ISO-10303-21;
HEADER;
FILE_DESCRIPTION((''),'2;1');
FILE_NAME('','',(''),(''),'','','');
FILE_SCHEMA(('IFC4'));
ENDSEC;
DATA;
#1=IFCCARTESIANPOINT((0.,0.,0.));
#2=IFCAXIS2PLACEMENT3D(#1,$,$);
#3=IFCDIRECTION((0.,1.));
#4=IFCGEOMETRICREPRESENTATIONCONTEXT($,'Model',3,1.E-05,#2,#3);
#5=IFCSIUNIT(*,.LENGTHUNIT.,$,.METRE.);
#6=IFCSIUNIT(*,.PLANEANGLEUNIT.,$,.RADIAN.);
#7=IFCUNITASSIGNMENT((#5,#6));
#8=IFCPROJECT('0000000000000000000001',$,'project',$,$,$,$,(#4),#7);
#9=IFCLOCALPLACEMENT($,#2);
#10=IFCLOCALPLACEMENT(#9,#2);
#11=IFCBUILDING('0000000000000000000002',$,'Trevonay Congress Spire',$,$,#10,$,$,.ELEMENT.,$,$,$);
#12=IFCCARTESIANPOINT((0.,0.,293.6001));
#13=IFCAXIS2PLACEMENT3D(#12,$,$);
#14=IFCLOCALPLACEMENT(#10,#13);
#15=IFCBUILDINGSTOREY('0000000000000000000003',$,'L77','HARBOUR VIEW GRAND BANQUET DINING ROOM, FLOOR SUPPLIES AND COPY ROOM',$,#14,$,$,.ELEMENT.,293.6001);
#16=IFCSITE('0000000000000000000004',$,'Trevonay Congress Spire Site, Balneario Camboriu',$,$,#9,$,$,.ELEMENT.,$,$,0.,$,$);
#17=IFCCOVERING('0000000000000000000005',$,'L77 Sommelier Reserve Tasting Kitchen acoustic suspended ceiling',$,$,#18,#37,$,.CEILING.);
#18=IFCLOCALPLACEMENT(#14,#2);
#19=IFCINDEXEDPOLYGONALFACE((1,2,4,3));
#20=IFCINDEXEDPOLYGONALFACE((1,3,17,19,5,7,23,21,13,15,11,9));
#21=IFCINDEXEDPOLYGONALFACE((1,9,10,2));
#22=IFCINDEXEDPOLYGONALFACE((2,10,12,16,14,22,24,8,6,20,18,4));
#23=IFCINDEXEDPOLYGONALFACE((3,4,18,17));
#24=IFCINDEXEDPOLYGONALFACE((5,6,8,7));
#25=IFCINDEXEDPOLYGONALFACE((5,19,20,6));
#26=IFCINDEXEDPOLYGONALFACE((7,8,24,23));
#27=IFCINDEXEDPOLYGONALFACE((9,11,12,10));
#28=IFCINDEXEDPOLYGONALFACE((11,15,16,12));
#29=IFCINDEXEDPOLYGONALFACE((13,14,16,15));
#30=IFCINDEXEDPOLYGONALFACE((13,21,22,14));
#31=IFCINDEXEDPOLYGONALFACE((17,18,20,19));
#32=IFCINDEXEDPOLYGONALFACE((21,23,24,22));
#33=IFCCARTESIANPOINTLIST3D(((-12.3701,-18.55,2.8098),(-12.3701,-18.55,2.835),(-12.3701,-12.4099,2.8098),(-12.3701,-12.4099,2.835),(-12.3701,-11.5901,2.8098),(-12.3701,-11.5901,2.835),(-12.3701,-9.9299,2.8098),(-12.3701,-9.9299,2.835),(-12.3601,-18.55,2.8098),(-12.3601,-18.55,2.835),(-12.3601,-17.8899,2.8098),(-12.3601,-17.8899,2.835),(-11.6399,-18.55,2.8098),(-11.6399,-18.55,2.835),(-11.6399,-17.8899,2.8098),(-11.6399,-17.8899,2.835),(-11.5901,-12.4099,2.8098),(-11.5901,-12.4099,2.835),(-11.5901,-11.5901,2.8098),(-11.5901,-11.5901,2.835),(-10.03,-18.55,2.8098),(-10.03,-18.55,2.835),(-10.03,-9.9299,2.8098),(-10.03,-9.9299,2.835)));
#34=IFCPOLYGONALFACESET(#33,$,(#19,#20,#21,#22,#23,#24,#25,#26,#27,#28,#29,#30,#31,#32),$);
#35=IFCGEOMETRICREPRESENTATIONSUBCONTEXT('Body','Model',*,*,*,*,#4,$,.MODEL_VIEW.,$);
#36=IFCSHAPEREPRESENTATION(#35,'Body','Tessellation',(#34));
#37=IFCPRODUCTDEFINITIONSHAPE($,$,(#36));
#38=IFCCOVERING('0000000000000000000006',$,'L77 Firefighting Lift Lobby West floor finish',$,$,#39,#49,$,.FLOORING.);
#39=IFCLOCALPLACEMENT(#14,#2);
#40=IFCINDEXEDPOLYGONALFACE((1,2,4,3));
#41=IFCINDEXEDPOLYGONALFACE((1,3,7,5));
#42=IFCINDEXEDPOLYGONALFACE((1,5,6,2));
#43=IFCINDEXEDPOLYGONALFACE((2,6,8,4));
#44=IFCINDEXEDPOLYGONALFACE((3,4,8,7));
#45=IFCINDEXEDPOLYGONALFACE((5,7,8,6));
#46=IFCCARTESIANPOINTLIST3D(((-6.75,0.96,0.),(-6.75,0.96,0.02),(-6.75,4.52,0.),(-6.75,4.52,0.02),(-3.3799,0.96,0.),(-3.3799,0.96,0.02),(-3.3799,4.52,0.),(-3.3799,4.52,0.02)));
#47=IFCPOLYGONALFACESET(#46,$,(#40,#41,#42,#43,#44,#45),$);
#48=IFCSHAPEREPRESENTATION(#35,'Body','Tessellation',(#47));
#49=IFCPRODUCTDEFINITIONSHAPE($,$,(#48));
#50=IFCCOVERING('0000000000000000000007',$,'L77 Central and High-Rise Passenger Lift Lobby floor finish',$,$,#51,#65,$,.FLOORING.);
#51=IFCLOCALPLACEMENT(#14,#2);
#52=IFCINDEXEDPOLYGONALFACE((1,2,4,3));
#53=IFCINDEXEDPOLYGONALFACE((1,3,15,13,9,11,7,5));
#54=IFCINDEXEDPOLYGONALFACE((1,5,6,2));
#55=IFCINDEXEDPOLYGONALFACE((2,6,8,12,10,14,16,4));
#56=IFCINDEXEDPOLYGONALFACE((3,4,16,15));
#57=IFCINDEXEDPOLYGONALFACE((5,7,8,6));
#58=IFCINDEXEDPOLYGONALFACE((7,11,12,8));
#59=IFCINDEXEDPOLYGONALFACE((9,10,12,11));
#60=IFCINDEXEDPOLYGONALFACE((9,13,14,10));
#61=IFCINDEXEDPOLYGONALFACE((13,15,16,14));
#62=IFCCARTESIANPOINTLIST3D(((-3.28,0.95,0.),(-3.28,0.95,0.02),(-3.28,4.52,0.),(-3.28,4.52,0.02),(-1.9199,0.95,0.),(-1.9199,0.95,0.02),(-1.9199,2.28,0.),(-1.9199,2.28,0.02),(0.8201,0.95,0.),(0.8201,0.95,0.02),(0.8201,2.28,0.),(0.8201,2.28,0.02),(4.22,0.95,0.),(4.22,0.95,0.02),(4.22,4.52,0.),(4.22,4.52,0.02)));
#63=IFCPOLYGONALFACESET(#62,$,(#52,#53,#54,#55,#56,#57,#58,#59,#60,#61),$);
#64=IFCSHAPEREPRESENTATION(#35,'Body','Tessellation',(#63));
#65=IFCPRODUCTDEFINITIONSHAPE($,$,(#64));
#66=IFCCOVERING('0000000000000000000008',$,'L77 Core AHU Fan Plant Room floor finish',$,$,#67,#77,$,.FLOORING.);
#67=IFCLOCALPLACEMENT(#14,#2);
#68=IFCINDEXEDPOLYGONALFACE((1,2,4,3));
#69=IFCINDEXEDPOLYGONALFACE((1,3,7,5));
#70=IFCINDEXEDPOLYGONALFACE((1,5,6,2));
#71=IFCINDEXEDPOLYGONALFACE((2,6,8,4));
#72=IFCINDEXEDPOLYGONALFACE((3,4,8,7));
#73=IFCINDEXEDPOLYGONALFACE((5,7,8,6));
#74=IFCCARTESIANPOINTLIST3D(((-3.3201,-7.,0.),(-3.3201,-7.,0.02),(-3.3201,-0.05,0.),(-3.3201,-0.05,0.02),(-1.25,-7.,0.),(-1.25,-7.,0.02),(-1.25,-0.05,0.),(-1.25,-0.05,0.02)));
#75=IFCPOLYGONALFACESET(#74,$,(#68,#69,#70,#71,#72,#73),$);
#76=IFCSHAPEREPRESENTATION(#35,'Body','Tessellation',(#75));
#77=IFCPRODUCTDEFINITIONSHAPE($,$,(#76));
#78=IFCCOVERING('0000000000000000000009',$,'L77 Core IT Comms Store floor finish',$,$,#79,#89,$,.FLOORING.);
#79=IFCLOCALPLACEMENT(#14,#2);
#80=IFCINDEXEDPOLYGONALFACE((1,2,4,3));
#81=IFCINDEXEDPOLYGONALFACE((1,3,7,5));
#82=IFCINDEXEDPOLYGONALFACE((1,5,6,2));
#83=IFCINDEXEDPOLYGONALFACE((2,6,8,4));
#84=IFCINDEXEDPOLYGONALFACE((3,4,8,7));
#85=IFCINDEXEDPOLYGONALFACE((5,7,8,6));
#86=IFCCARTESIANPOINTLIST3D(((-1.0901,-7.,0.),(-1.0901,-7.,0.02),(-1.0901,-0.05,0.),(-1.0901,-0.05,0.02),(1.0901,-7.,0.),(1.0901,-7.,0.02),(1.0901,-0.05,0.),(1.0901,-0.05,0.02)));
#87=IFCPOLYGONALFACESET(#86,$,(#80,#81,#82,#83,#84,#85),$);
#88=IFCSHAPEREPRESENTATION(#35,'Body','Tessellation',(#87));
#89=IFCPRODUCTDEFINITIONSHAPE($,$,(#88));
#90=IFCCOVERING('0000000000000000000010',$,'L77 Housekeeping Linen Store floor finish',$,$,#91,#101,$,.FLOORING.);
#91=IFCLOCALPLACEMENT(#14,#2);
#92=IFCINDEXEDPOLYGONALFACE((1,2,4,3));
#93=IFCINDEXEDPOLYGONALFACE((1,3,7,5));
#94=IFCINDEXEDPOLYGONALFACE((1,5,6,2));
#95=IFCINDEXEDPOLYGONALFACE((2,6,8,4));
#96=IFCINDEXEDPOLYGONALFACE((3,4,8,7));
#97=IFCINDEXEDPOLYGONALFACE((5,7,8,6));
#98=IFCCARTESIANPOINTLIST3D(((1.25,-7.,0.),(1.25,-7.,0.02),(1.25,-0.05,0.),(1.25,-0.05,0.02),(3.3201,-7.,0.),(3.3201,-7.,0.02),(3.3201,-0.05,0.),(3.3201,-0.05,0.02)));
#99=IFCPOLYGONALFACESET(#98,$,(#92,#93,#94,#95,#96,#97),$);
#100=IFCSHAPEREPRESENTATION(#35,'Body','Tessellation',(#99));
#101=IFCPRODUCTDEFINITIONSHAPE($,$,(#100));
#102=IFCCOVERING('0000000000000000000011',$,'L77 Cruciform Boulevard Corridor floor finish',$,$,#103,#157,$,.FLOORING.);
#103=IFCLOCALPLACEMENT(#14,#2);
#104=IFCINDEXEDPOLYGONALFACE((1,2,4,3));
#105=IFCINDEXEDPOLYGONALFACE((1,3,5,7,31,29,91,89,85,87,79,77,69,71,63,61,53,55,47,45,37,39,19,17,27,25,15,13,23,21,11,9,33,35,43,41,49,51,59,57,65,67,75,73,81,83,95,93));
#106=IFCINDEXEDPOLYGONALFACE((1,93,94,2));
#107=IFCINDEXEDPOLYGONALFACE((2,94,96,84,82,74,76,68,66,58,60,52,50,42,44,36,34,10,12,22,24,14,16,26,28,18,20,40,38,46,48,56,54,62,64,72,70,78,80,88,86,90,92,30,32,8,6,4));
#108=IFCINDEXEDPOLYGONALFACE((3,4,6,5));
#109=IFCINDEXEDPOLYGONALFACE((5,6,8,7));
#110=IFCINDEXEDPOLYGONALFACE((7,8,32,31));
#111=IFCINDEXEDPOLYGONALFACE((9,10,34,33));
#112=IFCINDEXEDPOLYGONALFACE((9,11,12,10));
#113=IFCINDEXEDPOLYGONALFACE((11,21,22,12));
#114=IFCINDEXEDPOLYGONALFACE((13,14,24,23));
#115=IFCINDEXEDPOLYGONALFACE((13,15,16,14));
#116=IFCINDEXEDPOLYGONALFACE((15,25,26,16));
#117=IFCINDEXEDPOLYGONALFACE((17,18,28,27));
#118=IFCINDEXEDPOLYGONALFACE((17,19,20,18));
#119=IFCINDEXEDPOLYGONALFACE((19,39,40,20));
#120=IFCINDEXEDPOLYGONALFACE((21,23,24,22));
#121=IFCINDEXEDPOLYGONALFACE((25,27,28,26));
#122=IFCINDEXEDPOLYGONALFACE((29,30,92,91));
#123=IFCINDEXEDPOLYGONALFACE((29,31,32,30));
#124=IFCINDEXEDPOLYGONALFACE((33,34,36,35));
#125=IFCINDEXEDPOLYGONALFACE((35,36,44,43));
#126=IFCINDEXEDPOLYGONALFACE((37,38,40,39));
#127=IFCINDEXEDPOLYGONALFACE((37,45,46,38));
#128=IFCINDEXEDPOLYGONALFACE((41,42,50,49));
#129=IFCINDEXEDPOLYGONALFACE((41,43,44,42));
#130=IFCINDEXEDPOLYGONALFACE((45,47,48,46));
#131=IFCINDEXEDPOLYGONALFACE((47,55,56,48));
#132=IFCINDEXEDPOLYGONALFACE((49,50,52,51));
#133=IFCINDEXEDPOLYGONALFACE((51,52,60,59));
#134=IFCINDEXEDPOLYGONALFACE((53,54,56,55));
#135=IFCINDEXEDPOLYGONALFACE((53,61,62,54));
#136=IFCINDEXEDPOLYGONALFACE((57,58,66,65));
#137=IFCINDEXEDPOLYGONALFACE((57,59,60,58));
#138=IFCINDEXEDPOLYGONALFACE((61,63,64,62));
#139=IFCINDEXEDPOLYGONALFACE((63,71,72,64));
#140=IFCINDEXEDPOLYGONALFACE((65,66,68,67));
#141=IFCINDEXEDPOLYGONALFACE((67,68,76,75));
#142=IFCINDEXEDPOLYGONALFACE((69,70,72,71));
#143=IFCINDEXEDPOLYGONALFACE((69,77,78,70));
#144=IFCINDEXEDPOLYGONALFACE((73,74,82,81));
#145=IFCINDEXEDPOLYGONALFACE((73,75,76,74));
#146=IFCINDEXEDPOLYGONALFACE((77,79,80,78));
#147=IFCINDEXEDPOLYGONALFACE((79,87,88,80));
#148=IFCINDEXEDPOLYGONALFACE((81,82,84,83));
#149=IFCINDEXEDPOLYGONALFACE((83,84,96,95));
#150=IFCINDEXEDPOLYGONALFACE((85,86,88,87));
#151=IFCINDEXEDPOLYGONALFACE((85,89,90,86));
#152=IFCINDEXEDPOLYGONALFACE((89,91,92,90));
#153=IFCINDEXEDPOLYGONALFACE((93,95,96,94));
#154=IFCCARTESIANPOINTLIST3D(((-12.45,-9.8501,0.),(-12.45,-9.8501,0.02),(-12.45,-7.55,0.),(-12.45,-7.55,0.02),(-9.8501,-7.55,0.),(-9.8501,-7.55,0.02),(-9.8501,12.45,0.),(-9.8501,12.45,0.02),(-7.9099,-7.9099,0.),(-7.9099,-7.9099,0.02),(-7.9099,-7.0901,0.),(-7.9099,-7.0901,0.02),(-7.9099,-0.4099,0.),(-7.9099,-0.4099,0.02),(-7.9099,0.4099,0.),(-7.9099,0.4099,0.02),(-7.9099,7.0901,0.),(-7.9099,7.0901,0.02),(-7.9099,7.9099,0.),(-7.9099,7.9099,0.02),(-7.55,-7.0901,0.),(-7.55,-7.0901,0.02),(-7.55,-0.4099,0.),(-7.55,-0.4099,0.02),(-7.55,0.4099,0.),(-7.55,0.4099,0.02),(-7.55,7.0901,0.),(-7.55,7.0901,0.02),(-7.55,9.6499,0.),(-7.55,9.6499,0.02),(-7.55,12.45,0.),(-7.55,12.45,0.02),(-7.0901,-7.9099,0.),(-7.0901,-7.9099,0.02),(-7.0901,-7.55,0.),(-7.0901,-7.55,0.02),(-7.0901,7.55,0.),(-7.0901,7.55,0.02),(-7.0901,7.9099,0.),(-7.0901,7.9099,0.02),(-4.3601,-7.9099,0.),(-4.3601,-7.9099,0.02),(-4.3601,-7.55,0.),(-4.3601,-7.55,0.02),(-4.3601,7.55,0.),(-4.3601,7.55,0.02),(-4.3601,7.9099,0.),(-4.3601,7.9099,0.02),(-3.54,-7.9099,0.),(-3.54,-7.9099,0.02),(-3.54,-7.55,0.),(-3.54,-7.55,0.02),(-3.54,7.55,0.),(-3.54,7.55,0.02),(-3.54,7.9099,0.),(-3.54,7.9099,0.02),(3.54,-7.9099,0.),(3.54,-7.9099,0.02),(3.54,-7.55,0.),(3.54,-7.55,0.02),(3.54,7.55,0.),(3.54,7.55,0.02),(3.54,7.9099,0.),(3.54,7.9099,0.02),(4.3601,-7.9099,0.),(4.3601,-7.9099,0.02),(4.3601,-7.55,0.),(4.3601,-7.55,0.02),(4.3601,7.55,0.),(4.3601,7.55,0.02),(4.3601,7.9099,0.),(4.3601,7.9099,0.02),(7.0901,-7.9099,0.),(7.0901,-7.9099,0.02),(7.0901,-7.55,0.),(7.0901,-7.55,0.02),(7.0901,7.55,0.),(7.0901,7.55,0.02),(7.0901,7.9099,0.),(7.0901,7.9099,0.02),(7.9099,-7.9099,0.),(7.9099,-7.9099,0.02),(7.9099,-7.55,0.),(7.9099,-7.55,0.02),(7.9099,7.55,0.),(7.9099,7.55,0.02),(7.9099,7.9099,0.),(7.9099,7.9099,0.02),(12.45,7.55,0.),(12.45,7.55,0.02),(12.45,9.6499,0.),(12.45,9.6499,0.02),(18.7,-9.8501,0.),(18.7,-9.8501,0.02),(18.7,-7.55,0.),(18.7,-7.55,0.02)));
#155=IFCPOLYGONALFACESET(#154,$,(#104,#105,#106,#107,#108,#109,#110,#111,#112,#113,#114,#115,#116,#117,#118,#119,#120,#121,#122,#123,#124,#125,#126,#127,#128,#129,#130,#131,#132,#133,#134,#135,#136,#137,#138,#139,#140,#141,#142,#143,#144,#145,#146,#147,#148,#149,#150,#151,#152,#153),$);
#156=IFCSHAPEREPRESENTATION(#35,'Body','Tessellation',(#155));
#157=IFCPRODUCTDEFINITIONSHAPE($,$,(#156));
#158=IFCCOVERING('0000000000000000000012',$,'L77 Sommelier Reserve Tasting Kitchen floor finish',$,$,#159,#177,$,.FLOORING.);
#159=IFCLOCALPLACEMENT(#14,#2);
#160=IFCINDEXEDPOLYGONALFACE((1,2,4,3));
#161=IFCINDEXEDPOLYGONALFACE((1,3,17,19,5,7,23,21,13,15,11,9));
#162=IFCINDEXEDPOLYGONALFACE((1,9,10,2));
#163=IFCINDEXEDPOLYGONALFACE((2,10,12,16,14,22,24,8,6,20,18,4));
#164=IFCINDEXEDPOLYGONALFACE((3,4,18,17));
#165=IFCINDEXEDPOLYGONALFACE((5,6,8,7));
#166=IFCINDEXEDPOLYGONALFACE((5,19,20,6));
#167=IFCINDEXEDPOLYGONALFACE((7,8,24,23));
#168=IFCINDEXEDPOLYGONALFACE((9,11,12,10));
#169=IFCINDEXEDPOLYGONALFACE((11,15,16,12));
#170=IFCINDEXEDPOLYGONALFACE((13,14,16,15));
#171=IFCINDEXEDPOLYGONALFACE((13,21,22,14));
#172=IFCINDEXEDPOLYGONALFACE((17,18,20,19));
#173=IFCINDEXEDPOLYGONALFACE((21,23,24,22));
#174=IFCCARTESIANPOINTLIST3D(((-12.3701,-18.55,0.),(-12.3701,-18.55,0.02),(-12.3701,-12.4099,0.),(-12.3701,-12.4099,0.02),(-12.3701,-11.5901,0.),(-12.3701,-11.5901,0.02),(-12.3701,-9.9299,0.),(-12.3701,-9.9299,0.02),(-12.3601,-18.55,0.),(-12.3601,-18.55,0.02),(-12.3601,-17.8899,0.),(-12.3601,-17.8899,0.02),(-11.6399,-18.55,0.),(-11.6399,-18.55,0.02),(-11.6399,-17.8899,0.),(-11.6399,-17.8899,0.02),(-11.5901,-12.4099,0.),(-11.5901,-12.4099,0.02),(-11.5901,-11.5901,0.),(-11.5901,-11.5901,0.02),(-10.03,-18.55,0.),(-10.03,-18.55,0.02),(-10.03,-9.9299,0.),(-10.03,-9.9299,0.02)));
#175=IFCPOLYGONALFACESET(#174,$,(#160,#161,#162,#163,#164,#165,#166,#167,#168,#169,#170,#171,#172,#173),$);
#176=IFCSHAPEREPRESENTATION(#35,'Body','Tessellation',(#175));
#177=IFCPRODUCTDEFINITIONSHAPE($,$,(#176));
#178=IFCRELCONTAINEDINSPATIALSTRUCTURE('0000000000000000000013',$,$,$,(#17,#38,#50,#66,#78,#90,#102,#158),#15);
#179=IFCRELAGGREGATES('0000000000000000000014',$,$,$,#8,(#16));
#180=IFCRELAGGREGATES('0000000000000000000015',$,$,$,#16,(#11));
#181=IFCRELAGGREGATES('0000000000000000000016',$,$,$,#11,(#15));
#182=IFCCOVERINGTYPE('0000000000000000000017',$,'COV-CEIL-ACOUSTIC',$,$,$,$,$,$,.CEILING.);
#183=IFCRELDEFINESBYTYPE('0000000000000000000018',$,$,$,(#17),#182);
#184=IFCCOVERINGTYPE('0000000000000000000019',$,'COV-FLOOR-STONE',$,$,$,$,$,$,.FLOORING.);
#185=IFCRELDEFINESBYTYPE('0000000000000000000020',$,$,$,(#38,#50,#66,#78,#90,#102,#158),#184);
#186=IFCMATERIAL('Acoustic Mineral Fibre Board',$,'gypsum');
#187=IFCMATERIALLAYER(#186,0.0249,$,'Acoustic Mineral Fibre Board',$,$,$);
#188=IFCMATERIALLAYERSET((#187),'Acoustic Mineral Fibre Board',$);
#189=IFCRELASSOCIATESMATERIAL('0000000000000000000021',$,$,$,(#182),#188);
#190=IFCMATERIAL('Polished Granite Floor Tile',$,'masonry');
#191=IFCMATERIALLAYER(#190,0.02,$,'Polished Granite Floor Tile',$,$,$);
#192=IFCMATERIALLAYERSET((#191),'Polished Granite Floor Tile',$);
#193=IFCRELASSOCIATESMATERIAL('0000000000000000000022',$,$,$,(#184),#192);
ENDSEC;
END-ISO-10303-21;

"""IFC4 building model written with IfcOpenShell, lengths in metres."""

from ifc_helpers import new_model, si_unit, direction, frame, origin, place, context, subcontext, project, spatial, polyline, outline, extrude, material, layer, layer_set, type_object, element, save


model = new_model("IFC4")

# Units and contexts
model_context = context("Model", 3, precision=1e-05, world=origin(), true_north=direction((0.0, 1.0)))
body_context = subcontext(model_context, "Body", "Model", "MODEL_VIEW")
ifc_project = project(units=[si_unit("LENGTHUNIT", "METRE"), si_unit("PLANEANGLEUNIT", "RADIAN")], contexts=[model_context])

# Site, building, storey
site_placement = place(None, origin())
site = spatial("IfcSite", under=ifc_project, at=site_placement, Name="Trevonay Congress Spire Site, Balneario Camboriu", CompositionType="ELEMENT", RefElevation=0.0)
building_placement = place(site_placement, origin())
building = spatial("IfcBuilding", under=site, at=building_placement, Name="Trevonay Congress Spire", CompositionType="ELEMENT")
storey_placement = place(building_placement, frame((0.0, 0.0, 293.6001)))
storey = spatial("IfcBuildingStorey", under=building, at=storey_placement, Name="L77", Description="HARBOUR VIEW GRAND BANQUET DINING ROOM, FLOOR SUPPLIES AND COPY ROOM", CompositionType="ELEMENT", Elevation=293.6001)

# Coverings
ifc_material_1 = material(Name="Acoustic Mineral Fibre Board", Category="gypsum")
ifc_layer_1 = layer(ifc_material_1, 0.0249, Name="Acoustic Mineral Fibre Board")
ifc_layer_set_1 = layer_set([ifc_layer_1], Name="Acoustic Mineral Fibre Board")
covering_type_1 = type_object("IfcCoveringType", Name="COV-CEIL-ACOUSTIC", PredefinedType="CEILING", material=ifc_layer_set_1)
covering_1_placement = place(storey_placement, frame((0.0, 0.0, 2.8098)))
element("IfcCovering", 1, at=covering_1_placement, inside=storey, type_object=covering_type_1, Name="L77 Sommelier Reserve Tasting Kitchen acoustic suspended ceiling", PredefinedType="CEILING", context=body_context, shape_type="SweptSolid", body=[
    extrude(outline(polyline([(-12.3701, -18.55), (-12.3701, -12.4099), (-11.5901, -12.4099), (-11.5901, -11.5901), (-12.3701, -11.5901), (-12.3701, -9.9299), (-10.03, -9.9299), (-10.03, -18.55), (-11.6399, -18.55), (-11.6399, -17.8899), (-12.3601, -17.8899), (-12.3601, -18.55), (-12.3701, -18.55)])), origin(), (0.0, 0.0, 1.0), 0.0251),
])
ifc_material_2 = material(Name="Polished Granite Floor Tile", Category="masonry")
ifc_layer_2 = layer(ifc_material_2, 0.02, Name="Polished Granite Floor Tile")
ifc_layer_set_2 = layer_set([ifc_layer_2], Name="Polished Granite Floor Tile")
covering_type_2 = type_object("IfcCoveringType", Name="COV-FLOOR-STONE", PredefinedType="FLOORING", material=ifc_layer_set_2)
covering_2_placement = place(storey_placement, origin())
element("IfcCovering", 2, at=covering_2_placement, inside=storey, type_object=covering_type_2, Name="L77 Firefighting Lift Lobby West floor finish", PredefinedType="FLOORING", context=body_context, shape_type="SweptSolid", body=[
    extrude(outline(polyline([(-6.75, 0.96), (-3.3799, 0.96), (-3.3799, 4.52), (-6.75, 4.52), (-6.75, 0.96)])), origin(), (0.0, 0.0, 1.0), 0.02),
])
covering_3_placement = place(storey_placement, origin())
element("IfcCovering", 3, at=covering_3_placement, inside=storey, type_object=covering_type_2, Name="L77 Central and High-Rise Passenger Lift Lobby floor finish", PredefinedType="FLOORING", context=body_context, shape_type="SweptSolid", body=[
    extrude(outline(polyline([(-3.28, 0.95), (-1.9199, 0.95), (-1.9199, 2.28), (0.8201, 2.28), (0.8201, 0.95), (4.22, 0.95), (4.22, 4.52), (-3.28, 4.52), (-3.28, 0.95)])), origin(), (0.0, 0.0, 1.0), 0.02),
])
covering_4_placement = place(storey_placement, origin())
element("IfcCovering", 4, at=covering_4_placement, inside=storey, type_object=covering_type_2, Name="L77 Core AHU Fan Plant Room floor finish", PredefinedType="FLOORING", context=body_context, shape_type="SweptSolid", body=[
    extrude(outline(polyline([(-3.3201, -7.0), (-1.25, -7.0), (-1.25, -0.05), (-3.3201, -0.05), (-3.3201, -7.0)])), origin(), (0.0, 0.0, 1.0), 0.02),
])
covering_5_placement = place(storey_placement, origin())
element("IfcCovering", 5, at=covering_5_placement, inside=storey, type_object=covering_type_2, Name="L77 Core IT Comms Store floor finish", PredefinedType="FLOORING", context=body_context, shape_type="SweptSolid", body=[
    extrude(outline(polyline([(-1.0901, -7.0), (1.0901, -7.0), (1.0901, -0.05), (-1.0901, -0.05), (-1.0901, -7.0)])), origin(), (0.0, 0.0, 1.0), 0.02),
])
covering_6_placement = place(storey_placement, origin())
element("IfcCovering", 6, at=covering_6_placement, inside=storey, type_object=covering_type_2, Name="L77 Housekeeping Linen Store floor finish", PredefinedType="FLOORING", context=body_context, shape_type="SweptSolid", body=[
    extrude(outline(polyline([(1.25, -7.0), (3.3201, -7.0), (3.3201, -0.05), (1.25, -0.05), (1.25, -7.0)])), origin(), (0.0, 0.0, 1.0), 0.02),
])
covering_7_placement = place(storey_placement, origin())
element("IfcCovering", 7, at=covering_7_placement, inside=storey, type_object=covering_type_2, Name="L77 Cruciform Boulevard Corridor floor finish", PredefinedType="FLOORING", context=body_context, shape_type="SweptSolid", body=[
    extrude(outline(polyline([(18.7, -7.55), (18.7, -9.8501), (-12.45, -9.8501), (-12.45, -7.55), (-9.8501, -7.55), (-9.8501, 12.45), (-7.55, 12.45), (-7.55, 9.6499), (12.45, 9.6499), (12.45, 7.55), (7.9099, 7.55), (7.9099, 7.9099), (7.0901, 7.9099), (7.0901, 7.55), (4.3601, 7.55), (4.3601, 7.9099), (3.54, 7.9099), (3.54, 7.55), (-3.54, 7.55), (-3.54, 7.9099), (-4.3601, 7.9099), (-4.3601, 7.55), (-7.0901, 7.55), (-7.0901, 7.9099), (-7.9099, 7.9099), (-7.9099, 7.0901), (-7.55, 7.0901), (-7.55, 0.4099), (-7.9099, 0.4099), (-7.9099, -0.4099), (-7.55, -0.4099), (-7.55, -7.0901), (-7.9099, -7.0901), (-7.9099, -7.9099), (-7.0901, -7.9099), (-7.0901, -7.55), (-4.3601, -7.55), (-4.3601, -7.9099), (-3.54, -7.9099), (-3.54, -7.55), (3.54, -7.55), (3.54, -7.9099), (4.3601, -7.9099), (4.3601, -7.55), (7.0901, -7.55), (7.0901, -7.9099), (7.9099, -7.9099), (7.9099, -7.55), (18.7, -7.55)])), origin(), (0.0, 0.0, 1.0), 0.02),
])
covering_8_placement = place(storey_placement, origin())
element("IfcCovering", 8, at=covering_8_placement, inside=storey, type_object=covering_type_2, Name="L77 Sommelier Reserve Tasting Kitchen floor finish", PredefinedType="FLOORING", context=body_context, shape_type="SweptSolid", body=[
    extrude(outline(polyline([(-12.3701, -18.55), (-12.3701, -12.4099), (-11.5901, -12.4099), (-11.5901, -11.5901), (-12.3701, -11.5901), (-12.3701, -9.9299), (-10.03, -9.9299), (-10.03, -18.55), (-11.6399, -18.55), (-11.6399, -17.8899), (-12.3601, -17.8899), (-12.3601, -18.55), (-12.3701, -18.55)])), origin(), (0.0, 0.0, 1.0), 0.02),
])

save(model, "model.ifc")
